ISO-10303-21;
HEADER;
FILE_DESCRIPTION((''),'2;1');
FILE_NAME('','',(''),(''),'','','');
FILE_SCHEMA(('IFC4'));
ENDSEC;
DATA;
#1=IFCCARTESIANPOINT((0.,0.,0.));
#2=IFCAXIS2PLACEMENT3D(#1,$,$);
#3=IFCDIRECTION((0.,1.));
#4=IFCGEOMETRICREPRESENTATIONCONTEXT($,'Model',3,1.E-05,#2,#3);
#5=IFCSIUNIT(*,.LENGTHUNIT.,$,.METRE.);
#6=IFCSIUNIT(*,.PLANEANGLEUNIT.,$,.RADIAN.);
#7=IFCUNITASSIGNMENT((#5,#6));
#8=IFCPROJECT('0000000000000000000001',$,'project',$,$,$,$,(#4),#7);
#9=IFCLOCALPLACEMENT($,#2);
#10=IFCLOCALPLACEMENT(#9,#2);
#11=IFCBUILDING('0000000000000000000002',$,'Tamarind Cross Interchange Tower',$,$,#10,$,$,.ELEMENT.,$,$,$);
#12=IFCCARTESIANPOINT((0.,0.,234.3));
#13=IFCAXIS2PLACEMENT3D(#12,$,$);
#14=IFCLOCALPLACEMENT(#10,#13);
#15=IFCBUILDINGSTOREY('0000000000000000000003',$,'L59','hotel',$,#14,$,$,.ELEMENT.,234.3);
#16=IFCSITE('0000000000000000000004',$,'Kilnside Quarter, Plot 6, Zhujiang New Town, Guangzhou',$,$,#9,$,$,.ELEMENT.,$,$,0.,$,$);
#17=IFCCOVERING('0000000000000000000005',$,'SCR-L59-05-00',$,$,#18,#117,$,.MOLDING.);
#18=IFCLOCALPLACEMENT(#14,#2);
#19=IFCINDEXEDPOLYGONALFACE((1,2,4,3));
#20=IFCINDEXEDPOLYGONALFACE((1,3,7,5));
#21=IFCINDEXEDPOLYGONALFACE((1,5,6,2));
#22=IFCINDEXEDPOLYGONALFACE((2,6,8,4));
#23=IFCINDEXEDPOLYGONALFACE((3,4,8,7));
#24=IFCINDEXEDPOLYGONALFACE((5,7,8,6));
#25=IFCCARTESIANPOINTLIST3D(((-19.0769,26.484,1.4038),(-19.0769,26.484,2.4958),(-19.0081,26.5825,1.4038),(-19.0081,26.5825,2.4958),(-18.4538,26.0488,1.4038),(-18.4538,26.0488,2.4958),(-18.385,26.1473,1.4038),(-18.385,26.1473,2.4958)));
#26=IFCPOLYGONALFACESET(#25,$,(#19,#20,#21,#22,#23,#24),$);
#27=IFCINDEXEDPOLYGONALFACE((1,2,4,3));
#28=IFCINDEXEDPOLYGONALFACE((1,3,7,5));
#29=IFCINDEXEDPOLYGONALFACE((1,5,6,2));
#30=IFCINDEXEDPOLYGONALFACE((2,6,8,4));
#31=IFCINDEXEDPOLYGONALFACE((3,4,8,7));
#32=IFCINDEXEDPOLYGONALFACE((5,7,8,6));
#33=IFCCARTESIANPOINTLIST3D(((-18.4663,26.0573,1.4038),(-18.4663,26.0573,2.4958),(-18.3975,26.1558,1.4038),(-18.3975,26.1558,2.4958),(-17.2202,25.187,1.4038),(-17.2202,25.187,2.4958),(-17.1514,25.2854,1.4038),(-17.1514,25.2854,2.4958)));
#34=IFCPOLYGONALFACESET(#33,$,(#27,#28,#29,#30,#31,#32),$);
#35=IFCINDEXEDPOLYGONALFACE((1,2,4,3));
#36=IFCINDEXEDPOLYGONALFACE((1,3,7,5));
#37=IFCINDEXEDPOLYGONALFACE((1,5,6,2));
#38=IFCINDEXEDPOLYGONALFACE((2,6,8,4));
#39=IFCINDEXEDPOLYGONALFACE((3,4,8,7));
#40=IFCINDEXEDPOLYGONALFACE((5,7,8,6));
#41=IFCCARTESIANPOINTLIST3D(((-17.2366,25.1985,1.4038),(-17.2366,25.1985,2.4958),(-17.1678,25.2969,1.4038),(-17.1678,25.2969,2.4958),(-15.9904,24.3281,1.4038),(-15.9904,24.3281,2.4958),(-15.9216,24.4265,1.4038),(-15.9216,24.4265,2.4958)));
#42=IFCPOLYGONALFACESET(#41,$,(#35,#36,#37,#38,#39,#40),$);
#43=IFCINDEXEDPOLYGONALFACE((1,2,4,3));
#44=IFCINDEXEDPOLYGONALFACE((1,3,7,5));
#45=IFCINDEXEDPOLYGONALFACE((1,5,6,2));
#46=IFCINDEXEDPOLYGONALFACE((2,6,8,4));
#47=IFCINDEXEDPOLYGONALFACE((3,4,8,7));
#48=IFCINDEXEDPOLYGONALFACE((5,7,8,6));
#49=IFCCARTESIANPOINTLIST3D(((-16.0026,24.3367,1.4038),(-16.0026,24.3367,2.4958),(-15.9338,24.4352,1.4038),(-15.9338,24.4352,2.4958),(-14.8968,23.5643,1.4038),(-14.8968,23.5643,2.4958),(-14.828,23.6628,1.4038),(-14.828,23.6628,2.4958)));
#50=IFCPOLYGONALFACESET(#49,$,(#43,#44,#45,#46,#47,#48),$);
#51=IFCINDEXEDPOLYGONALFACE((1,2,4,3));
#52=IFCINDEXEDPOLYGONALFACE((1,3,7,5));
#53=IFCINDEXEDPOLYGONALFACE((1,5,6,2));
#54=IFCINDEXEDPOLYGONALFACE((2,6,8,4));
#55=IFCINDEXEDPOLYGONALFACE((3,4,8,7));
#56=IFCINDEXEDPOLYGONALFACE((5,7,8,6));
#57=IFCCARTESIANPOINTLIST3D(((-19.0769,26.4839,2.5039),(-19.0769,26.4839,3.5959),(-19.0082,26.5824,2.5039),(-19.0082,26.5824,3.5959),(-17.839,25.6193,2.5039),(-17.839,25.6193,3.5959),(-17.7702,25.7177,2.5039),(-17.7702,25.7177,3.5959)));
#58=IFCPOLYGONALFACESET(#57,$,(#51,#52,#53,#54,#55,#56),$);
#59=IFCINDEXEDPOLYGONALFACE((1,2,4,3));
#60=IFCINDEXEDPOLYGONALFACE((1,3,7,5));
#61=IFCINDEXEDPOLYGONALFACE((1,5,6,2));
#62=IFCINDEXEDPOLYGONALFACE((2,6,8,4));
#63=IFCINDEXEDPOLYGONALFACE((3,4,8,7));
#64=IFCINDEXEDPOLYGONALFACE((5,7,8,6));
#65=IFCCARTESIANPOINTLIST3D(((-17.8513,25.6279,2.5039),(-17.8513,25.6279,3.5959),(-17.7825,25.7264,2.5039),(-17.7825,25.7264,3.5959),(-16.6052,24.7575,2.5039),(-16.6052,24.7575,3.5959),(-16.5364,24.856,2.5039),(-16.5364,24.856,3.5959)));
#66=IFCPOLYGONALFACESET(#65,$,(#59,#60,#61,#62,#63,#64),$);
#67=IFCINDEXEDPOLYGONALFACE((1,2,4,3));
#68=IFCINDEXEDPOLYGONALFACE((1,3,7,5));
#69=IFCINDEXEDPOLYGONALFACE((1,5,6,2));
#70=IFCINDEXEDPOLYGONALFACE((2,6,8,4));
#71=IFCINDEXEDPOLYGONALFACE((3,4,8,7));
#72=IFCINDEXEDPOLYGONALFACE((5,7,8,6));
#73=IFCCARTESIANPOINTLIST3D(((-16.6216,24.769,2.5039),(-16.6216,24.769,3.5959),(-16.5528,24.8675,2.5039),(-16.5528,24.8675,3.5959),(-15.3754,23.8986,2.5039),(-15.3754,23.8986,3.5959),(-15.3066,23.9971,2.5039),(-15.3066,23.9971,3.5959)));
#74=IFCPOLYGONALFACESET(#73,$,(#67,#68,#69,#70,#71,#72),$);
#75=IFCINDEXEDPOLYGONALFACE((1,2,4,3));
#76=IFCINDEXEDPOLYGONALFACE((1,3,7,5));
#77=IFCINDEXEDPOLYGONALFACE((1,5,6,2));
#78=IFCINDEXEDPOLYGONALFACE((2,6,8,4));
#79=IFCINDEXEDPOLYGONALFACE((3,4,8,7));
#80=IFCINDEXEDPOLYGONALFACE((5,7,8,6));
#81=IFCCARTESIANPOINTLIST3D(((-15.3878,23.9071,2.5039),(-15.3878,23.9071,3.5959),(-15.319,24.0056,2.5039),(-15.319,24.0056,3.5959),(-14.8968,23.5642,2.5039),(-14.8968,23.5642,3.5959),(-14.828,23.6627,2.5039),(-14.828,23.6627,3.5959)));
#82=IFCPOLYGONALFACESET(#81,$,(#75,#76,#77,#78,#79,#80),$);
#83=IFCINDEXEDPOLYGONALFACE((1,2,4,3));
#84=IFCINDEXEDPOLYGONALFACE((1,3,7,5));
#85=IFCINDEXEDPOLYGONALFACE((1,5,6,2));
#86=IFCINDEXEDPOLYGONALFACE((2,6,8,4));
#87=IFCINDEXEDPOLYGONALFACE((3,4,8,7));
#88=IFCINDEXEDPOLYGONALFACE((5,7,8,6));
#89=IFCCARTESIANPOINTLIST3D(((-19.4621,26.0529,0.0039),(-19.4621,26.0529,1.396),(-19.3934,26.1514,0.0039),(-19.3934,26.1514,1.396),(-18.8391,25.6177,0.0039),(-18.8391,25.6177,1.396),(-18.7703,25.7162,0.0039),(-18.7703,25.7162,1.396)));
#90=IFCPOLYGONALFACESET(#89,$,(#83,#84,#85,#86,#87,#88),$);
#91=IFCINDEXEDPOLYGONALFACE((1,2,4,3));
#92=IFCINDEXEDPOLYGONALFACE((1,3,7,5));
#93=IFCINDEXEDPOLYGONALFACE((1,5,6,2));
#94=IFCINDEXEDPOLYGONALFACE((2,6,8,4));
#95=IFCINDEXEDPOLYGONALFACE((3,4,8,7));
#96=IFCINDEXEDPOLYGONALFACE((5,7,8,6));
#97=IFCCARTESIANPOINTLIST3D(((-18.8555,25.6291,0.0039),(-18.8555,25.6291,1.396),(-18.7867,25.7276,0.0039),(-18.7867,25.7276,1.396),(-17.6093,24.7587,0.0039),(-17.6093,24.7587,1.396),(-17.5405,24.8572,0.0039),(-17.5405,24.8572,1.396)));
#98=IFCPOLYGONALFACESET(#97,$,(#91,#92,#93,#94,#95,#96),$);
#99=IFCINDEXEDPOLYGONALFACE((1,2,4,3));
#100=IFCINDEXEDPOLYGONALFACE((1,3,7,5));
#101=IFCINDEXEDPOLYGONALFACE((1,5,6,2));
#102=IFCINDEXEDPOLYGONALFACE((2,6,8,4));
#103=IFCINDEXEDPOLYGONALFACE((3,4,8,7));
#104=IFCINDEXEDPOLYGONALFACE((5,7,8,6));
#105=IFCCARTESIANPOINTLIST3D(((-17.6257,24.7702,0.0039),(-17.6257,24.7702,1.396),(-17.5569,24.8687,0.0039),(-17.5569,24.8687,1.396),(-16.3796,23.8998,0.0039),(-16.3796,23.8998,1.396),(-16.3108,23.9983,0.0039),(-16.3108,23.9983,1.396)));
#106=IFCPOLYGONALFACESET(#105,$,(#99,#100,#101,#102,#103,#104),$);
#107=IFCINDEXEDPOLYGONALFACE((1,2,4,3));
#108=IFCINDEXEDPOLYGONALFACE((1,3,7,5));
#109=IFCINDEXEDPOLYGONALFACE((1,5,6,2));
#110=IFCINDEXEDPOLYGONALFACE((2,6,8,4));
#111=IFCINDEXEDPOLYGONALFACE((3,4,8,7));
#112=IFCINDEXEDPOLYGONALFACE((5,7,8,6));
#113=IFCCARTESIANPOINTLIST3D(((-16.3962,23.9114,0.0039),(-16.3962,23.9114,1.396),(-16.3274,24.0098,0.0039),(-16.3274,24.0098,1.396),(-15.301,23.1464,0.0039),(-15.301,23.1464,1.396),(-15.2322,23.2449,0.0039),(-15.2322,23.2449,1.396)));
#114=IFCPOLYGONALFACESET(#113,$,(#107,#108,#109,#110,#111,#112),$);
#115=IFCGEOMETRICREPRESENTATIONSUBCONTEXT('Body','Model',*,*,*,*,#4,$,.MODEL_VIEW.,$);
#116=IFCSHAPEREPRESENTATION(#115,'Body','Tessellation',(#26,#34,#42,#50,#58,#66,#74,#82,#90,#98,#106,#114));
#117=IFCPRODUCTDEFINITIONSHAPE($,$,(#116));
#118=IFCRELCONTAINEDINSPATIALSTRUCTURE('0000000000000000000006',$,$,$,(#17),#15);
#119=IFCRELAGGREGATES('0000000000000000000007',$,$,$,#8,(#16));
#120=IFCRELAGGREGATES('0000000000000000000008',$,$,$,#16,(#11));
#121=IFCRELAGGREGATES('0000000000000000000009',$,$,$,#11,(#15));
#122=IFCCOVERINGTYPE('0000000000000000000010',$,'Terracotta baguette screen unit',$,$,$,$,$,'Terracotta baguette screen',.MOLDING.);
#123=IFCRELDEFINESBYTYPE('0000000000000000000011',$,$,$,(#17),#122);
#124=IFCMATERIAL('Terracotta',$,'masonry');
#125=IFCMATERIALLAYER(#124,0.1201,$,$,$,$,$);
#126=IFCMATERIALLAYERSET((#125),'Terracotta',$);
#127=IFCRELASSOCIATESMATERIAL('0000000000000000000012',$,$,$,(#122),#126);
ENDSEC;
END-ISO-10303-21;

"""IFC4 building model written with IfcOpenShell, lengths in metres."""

from ifc_helpers import new_model, si_unit, direction, frame, origin, origin_2d, place, context, subcontext, project, spatial, rectangle, extrude, material, layer, layer_set, type_object, element, save


model = new_model("IFC4")

# Units and contexts
model_context = context("Model", 3, precision=1e-05, world=origin(), true_north=direction((0.0, 1.0)))
body_context = subcontext(model_context, "Body", "Model", "MODEL_VIEW")
ifc_project = project(units=[si_unit("LENGTHUNIT", "METRE"), si_unit("PLANEANGLEUNIT", "RADIAN")], contexts=[model_context])

# Site, building, storey
site_placement = place(None, origin())
site = spatial("IfcSite", under=ifc_project, at=site_placement, Name="Kilnside Quarter, Plot 6, Zhujiang New Town, Guangzhou", CompositionType="ELEMENT", RefElevation=0.0)
building_placement = place(site_placement, origin())
building = spatial("IfcBuilding", under=site, at=building_placement, Name="Tamarind Cross Interchange Tower", CompositionType="ELEMENT")
storey_placement = place(building_placement, frame((0.0, 0.0, 234.3)))
storey = spatial("IfcBuildingStorey", under=building, at=storey_placement, Name="L59", Description="hotel", CompositionType="ELEMENT", Elevation=234.3)

# Covering
ifc_material_1 = material(Name="Terracotta", Category="masonry")
ifc_layer_1 = layer(ifc_material_1, 0.1201)
ifc_layer_set_1 = layer_set([ifc_layer_1], Name="Terracotta")
covering_type = type_object("IfcCoveringType", Name="Terracotta baguette screen unit", ElementType="Terracotta baguette screen", PredefinedType="MOLDING", material=ifc_layer_set_1)
covering_1_placement = place(storey_placement, origin())
element("IfcCovering", 1, at=covering_1_placement, inside=storey, type_object=covering_type, Name="SCR-L59-05-00", PredefinedType="MOLDING", context=body_context, shape_type="SweptSolid", body=[
    extrude(rectangle(XDim=0.76, YDim=0.1201, at=origin_2d()), frame((-18.731, 26.3157, 1.4038), z_axis=(0.0, 0.0, 1.0), x_axis=(0.819827, -0.572611, 0.0)), (0.0, 0.0, 1.0), 1.092),
    extrude(rectangle(XDim=1.52, YDim=0.1201, at=origin_2d()), frame((-17.8088, 25.6714, 1.4038), z_axis=(0.0, 0.0, 1.0), x_axis=(0.819827, -0.572611, 0.0)), (0.0, 0.0, 1.0), 1.092),
    extrude(rectangle(XDim=1.52, YDim=0.1201, at=origin_2d()), frame((-16.5791, 24.8125, 1.4038), z_axis=(0.0, 0.0, 1.0), x_axis=(0.819827, -0.572611, 0.0)), (0.0, 0.0, 1.0), 1.092),
    extrude(rectangle(XDim=1.3489, YDim=0.1201, at=origin_2d()), frame((-15.4153, 23.9998, 1.4038), z_axis=(0.0, 0.0, 1.0), x_axis=(0.819827, -0.572611, 0.0)), (0.0, 0.0, 1.0), 1.092),
    extrude(rectangle(XDim=1.51, YDim=0.1201, at=origin_2d()), frame((-18.4236, 26.1008, 2.5039), z_axis=(0.0, 0.0, 1.0), x_axis=(0.819827, -0.572611, 0.0)), (0.0, 0.0, 1.0), 1.092),
    extrude(rectangle(XDim=1.52, YDim=0.1201, at=origin_2d()), frame((-17.1938, 25.2419, 2.5039), z_axis=(0.0, 0.0, 1.0), x_axis=(0.819827, -0.572611, 0.0)), (0.0, 0.0, 1.0), 1.092),
    extrude(rectangle(XDim=1.52, YDim=0.1201, at=origin_2d()), frame((-15.9641, 24.3831, 2.5039), z_axis=(0.0, 0.0, 1.0), x_axis=(0.819827, -0.572611, 0.0)), (0.0, 0.0, 1.0), 1.092),
    extrude(rectangle(XDim=0.5989, YDim=0.1201, at=origin_2d()), frame((-15.1079, 23.7849, 2.5039), z_axis=(0.0, 0.0, 1.0), x_axis=(0.819827, -0.572611, 0.0)), (0.0, 0.0, 1.0), 1.092),
    extrude(rectangle(XDim=0.76, YDim=0.1201, at=origin_2d()), frame((-19.1162, 25.8845, 0.0039), z_axis=(0.0, 0.0, 1.0), x_axis=(0.819827, -0.572611, 0.0)), (0.0, 0.0, 1.0), 1.3921),
    extrude(rectangle(XDim=1.52, YDim=0.1201, at=origin_2d()), frame((-18.198, 25.2432, 0.0039), z_axis=(0.0, 0.0, 1.0), x_axis=(0.819827, -0.572611, 0.0)), (0.0, 0.0, 1.0), 1.3921),
    extrude(rectangle(XDim=1.52, YDim=0.1201, at=origin_2d()), frame((-16.9683, 24.3843, 0.0039), z_axis=(0.0, 0.0, 1.0), x_axis=(0.819827, -0.572611, 0.0)), (0.0, 0.0, 1.0), 1.3921),
    extrude(rectangle(XDim=1.3359, YDim=0.1201, at=origin_2d()), frame((-15.8142, 23.5781, 0.0039), z_axis=(0.0, 0.0, 1.0), x_axis=(0.819827, -0.572611, 0.0)), (0.0, 0.0, 1.0), 1.3921),
])

save(model, "model.ifc")
